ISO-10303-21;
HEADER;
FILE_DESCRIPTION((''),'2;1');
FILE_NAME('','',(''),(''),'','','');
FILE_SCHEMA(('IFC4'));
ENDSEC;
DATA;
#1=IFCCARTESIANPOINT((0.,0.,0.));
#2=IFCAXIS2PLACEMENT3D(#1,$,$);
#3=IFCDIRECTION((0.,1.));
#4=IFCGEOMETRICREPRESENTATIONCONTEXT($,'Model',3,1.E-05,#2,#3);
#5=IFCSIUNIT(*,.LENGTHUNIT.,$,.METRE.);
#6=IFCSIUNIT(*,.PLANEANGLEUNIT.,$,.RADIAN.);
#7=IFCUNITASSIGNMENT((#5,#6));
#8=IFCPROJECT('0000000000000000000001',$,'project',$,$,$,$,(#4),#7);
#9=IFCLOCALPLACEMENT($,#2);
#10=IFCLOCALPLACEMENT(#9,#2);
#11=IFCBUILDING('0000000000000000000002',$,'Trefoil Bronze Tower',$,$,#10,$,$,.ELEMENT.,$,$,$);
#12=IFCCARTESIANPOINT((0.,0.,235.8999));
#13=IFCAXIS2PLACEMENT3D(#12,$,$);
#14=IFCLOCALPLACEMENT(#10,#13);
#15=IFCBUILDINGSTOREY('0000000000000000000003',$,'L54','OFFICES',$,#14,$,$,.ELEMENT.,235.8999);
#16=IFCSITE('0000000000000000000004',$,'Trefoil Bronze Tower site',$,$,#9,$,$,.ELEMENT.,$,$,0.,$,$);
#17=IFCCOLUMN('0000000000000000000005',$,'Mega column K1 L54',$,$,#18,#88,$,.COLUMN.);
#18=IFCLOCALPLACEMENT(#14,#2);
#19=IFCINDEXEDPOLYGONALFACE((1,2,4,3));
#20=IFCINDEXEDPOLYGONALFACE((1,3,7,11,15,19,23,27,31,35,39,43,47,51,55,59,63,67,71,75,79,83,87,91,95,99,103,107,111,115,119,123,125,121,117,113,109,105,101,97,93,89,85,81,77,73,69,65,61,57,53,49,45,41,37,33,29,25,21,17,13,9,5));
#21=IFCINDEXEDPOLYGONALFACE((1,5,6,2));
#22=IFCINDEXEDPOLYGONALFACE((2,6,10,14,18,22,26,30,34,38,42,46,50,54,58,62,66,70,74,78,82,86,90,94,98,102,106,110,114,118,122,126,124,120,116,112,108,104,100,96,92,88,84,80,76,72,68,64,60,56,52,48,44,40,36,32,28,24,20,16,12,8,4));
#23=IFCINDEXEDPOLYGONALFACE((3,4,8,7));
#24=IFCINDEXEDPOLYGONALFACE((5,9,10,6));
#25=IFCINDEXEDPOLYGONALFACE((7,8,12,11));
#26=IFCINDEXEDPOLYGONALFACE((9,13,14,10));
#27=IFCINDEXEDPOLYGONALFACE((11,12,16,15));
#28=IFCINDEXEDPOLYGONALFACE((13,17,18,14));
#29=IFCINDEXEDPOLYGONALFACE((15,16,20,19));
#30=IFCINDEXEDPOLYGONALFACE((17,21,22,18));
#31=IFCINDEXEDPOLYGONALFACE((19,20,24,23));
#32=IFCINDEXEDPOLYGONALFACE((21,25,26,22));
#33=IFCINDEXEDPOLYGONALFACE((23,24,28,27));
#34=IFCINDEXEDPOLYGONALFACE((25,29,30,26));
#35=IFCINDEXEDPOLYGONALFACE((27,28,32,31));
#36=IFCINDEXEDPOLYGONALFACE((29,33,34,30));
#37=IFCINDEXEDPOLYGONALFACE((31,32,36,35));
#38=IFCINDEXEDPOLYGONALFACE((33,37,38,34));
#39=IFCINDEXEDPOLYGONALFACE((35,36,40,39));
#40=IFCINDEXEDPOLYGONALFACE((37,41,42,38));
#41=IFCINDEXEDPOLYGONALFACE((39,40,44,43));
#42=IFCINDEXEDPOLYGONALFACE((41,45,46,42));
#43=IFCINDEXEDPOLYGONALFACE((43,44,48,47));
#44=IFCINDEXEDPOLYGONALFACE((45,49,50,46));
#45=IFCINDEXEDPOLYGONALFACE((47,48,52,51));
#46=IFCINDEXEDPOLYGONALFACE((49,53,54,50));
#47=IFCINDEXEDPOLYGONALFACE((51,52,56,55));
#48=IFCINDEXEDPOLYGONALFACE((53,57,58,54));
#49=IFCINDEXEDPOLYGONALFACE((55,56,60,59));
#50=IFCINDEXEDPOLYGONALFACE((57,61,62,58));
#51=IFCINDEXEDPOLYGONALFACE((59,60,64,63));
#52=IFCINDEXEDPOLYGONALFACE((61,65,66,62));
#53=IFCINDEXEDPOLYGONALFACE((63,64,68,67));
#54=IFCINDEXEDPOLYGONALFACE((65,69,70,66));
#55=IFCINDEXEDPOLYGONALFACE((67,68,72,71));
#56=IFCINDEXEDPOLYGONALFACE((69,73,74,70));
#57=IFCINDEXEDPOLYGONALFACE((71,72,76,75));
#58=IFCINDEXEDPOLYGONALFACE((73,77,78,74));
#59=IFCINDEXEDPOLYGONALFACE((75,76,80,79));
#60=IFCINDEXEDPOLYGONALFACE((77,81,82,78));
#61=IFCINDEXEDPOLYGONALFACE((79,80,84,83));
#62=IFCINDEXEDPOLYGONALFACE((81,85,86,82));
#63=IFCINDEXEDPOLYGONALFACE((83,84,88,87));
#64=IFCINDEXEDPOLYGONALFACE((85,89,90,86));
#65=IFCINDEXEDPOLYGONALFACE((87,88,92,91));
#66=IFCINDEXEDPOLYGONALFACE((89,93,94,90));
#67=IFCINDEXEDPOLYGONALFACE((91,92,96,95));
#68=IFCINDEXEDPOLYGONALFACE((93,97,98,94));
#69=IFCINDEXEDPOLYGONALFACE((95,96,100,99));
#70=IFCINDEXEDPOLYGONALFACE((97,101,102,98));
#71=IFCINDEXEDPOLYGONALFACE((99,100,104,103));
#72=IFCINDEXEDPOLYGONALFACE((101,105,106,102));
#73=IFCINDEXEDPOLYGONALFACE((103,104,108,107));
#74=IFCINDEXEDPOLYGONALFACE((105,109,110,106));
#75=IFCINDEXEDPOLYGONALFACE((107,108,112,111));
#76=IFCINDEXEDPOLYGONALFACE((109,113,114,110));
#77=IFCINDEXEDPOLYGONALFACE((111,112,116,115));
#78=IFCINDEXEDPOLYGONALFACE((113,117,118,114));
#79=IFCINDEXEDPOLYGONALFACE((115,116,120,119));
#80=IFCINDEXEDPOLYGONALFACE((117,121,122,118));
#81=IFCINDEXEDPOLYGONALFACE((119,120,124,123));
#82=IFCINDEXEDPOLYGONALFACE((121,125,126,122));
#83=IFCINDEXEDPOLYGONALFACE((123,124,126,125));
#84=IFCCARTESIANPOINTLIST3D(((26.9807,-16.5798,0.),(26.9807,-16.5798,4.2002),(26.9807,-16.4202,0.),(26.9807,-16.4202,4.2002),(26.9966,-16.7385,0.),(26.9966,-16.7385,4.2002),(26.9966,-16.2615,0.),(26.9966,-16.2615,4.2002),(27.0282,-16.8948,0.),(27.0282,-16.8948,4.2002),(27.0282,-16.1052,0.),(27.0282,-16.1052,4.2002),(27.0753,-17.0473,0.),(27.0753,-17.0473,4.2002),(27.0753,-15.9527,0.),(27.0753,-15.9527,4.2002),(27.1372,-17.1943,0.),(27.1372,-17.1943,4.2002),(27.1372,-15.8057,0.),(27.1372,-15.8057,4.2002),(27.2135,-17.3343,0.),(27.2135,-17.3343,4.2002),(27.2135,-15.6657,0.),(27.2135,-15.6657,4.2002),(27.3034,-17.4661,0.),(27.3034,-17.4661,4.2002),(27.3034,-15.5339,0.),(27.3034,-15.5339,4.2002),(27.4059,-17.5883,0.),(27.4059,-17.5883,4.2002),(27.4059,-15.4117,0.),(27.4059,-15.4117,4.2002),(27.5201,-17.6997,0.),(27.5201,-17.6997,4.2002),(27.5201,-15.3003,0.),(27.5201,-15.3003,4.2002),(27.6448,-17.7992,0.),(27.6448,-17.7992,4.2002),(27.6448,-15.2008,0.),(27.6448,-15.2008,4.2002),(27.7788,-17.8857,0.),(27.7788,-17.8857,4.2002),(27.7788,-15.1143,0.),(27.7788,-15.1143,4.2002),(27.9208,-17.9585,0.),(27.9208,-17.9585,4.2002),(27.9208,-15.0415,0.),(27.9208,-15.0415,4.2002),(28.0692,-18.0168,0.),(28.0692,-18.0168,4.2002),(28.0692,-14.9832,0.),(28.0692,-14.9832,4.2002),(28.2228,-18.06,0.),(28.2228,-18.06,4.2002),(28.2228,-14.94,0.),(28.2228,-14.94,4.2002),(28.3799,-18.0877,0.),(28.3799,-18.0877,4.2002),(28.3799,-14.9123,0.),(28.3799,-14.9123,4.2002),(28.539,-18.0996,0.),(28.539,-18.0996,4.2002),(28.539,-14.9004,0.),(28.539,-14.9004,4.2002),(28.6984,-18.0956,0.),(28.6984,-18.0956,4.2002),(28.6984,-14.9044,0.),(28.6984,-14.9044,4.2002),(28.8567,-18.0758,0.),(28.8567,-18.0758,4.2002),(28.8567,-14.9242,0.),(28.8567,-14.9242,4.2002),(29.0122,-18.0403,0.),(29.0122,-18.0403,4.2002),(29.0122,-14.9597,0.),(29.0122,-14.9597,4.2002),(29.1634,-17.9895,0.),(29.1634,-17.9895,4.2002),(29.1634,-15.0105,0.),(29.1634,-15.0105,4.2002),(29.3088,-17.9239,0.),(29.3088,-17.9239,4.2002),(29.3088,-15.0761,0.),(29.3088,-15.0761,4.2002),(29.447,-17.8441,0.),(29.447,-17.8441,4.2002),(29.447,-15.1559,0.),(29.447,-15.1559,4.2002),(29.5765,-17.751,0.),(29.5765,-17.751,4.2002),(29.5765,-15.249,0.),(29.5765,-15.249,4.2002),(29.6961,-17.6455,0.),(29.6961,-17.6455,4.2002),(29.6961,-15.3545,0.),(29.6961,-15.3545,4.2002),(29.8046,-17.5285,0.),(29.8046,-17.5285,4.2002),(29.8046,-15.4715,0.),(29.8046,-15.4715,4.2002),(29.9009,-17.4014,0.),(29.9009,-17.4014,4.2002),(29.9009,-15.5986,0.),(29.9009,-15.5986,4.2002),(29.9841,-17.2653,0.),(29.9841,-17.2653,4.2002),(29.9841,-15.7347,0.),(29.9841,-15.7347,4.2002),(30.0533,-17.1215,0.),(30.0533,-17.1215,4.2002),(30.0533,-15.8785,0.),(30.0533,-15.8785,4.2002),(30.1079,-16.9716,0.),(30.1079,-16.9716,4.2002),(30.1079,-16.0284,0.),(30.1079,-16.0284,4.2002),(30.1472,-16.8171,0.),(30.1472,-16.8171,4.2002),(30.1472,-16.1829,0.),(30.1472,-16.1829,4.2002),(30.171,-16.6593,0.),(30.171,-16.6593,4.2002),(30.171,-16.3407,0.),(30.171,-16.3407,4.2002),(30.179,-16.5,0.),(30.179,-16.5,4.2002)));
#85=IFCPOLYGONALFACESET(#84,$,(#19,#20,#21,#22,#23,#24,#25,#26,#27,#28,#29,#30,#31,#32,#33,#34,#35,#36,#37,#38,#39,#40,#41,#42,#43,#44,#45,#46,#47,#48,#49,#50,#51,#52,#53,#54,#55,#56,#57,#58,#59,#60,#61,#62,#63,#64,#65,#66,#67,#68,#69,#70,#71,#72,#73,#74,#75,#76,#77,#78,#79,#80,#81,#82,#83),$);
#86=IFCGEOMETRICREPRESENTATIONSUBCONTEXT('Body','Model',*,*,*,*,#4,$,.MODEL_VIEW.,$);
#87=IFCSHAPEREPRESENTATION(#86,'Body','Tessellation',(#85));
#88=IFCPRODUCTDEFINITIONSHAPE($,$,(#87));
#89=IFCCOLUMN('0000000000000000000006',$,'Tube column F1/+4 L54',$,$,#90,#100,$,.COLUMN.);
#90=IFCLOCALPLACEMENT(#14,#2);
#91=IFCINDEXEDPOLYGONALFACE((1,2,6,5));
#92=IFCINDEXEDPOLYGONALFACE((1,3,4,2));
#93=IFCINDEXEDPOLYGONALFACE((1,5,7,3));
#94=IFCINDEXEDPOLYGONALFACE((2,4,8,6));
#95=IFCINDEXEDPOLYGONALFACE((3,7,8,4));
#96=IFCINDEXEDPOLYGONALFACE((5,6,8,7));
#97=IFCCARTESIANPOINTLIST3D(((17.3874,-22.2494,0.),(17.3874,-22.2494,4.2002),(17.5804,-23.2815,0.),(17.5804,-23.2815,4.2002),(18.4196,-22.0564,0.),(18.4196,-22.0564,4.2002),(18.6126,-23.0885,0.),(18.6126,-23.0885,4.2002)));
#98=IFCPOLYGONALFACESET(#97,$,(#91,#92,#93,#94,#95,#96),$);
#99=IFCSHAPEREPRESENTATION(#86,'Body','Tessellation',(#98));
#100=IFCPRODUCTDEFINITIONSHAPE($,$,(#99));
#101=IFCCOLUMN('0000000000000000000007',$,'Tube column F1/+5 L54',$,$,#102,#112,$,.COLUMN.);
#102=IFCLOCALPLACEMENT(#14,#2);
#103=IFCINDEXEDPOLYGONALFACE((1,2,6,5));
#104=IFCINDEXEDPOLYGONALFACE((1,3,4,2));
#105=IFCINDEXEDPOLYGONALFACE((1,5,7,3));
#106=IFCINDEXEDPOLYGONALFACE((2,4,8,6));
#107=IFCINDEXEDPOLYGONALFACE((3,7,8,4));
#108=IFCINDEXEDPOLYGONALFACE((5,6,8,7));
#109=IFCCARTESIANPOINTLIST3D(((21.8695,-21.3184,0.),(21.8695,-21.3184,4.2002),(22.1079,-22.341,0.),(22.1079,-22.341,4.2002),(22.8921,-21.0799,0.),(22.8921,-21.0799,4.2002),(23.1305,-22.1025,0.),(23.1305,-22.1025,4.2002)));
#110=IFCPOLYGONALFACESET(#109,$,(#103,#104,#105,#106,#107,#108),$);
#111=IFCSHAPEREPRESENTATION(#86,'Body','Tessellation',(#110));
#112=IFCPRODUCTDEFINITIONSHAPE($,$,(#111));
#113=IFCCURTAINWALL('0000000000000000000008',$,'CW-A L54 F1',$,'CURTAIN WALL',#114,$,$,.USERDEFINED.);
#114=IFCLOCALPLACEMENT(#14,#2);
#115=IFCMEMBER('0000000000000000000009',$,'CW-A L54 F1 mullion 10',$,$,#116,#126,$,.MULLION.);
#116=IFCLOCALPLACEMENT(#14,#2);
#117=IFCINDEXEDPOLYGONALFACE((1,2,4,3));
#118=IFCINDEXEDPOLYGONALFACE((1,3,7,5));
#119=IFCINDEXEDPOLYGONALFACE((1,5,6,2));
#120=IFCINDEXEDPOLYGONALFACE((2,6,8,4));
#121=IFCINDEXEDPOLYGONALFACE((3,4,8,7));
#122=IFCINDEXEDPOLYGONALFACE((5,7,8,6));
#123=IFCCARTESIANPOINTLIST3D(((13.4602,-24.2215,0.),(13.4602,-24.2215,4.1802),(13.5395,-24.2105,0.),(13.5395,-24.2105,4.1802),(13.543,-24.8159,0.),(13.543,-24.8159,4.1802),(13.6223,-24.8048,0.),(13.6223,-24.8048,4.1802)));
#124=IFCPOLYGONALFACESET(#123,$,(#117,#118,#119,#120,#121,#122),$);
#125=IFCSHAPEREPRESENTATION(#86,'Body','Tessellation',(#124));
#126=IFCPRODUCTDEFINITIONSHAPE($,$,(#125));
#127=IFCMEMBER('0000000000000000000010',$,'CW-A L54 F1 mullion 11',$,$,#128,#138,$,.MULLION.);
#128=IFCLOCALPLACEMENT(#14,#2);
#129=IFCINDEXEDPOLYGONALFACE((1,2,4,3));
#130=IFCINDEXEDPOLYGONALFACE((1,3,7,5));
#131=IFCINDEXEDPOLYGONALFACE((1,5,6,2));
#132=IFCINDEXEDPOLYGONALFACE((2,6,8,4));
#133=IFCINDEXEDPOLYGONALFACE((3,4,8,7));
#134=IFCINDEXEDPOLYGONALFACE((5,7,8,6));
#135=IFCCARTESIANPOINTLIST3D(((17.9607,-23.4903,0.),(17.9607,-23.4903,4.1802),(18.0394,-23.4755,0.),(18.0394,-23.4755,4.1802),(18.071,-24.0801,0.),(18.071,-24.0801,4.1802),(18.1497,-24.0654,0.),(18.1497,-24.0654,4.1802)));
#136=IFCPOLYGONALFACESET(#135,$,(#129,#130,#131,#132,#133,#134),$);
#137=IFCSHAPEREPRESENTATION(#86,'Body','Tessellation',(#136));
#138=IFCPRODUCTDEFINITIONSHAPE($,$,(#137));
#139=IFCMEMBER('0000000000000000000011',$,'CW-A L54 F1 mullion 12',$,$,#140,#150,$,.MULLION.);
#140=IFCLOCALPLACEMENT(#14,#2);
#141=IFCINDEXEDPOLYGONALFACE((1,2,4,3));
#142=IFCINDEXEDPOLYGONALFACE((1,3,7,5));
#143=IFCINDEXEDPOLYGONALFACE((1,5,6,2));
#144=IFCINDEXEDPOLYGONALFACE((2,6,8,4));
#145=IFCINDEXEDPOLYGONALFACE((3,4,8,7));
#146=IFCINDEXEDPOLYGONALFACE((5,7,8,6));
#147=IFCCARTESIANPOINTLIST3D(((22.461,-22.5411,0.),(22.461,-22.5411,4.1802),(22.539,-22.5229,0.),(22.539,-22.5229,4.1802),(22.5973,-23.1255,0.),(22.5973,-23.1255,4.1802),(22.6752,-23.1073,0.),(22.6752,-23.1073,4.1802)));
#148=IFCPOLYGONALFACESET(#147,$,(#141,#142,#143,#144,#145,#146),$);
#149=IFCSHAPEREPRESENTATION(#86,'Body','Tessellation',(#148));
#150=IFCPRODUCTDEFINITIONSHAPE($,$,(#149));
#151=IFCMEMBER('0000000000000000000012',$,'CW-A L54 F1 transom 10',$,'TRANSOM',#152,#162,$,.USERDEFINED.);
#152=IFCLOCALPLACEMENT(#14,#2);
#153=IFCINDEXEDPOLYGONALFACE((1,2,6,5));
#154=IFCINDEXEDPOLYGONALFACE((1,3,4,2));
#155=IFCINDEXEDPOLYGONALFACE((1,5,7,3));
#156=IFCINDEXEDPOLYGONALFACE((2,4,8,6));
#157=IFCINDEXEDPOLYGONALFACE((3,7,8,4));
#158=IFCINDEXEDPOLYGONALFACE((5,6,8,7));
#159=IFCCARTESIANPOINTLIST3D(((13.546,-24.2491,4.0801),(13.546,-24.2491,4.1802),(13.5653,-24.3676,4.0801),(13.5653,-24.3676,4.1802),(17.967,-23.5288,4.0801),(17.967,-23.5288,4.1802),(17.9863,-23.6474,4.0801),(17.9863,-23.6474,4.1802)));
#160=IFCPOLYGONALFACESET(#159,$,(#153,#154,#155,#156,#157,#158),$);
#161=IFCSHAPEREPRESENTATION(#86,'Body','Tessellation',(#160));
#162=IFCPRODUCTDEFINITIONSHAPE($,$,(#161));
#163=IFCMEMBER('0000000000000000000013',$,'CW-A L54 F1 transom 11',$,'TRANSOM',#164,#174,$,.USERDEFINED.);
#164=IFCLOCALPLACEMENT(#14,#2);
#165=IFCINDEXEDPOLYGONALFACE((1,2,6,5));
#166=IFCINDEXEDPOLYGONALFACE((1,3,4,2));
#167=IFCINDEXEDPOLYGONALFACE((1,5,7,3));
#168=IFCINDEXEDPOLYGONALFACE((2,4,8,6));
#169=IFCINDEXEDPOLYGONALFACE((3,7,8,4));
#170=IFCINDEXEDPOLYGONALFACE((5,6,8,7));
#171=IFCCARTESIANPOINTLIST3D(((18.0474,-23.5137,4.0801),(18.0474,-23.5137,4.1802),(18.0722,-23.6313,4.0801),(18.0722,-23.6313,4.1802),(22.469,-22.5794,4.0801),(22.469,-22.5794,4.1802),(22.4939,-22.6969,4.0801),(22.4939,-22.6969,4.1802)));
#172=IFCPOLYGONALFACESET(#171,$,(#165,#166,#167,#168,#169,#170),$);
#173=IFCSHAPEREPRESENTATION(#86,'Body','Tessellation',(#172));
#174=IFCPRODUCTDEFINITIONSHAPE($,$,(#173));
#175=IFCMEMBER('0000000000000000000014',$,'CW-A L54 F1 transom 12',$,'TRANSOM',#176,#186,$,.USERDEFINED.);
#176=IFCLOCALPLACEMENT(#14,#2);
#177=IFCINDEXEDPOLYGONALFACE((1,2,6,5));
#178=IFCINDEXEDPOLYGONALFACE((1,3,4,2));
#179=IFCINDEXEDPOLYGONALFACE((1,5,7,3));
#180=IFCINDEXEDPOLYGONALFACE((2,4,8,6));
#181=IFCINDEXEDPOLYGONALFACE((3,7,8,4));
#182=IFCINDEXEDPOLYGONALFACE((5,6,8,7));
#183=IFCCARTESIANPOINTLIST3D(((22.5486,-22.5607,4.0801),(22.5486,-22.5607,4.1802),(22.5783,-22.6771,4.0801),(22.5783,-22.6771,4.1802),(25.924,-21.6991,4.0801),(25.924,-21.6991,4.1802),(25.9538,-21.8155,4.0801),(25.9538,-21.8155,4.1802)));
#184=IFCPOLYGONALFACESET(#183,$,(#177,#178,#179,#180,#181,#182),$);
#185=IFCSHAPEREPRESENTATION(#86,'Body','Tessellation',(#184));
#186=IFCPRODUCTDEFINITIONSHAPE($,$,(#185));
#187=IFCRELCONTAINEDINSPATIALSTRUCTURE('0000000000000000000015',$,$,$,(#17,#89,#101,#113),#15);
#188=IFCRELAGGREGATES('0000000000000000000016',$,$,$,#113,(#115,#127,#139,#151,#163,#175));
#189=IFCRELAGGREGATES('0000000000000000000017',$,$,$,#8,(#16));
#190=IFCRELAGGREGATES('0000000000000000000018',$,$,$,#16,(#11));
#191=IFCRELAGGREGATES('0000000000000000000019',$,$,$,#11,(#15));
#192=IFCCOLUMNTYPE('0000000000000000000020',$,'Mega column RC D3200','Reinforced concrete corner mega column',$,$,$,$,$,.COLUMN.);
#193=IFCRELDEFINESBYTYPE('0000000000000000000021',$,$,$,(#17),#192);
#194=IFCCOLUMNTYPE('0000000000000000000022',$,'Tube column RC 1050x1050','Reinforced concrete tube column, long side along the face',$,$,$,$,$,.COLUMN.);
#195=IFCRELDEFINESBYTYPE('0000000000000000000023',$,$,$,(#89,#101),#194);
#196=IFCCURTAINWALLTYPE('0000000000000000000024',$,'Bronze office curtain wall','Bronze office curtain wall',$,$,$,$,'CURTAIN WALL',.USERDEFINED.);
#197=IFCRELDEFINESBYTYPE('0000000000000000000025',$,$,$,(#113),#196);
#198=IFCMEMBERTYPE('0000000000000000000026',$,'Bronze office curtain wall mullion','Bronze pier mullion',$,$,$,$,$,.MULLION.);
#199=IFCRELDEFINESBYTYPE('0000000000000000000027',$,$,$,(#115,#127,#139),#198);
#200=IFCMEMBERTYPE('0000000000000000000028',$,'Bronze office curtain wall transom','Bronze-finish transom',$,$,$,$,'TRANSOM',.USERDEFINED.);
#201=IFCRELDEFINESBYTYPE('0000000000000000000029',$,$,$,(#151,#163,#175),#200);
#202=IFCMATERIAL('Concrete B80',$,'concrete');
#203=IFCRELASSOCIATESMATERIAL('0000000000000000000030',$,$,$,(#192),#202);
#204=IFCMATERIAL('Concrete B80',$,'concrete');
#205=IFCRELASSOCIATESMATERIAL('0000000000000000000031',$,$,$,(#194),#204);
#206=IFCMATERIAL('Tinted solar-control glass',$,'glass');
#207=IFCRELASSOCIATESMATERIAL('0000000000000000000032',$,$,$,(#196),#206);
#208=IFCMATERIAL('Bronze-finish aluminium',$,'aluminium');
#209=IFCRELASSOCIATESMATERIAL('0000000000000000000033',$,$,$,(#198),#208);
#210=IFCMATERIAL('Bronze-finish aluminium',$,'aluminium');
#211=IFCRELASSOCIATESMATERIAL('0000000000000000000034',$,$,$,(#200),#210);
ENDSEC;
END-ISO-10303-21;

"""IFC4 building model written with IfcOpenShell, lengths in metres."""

from ifc_helpers import new_model, si_unit, direction, frame, origin, origin_2d, place, context, subcontext, project, spatial, rectangle, circle, extrude, material, material_profile, profile_set, type_object, element, aggregate, save


model = new_model("IFC4")

# Units and contexts
model_context = context("Model", 3, precision=1e-05, world=origin(), true_north=direction((0.0, 1.0)))
body_context = subcontext(model_context, "Body", "Model", "MODEL_VIEW")
ifc_project = project(units=[si_unit("LENGTHUNIT", "METRE"), si_unit("PLANEANGLEUNIT", "RADIAN")], contexts=[model_context])

# Site, building, storey
site_placement = place(None, origin())
site = spatial("IfcSite", under=ifc_project, at=site_placement, Name="Trefoil Bronze Tower site", CompositionType="ELEMENT", RefElevation=0.0)
building_placement = place(site_placement, origin())
building = spatial("IfcBuilding", under=site, at=building_placement, Name="Trefoil Bronze Tower", CompositionType="ELEMENT")
storey_placement = place(building_placement, frame((0.0, 0.0, 235.8999)))
storey = spatial("IfcBuildingStorey", under=building, at=storey_placement, Name="L54", Description="OFFICES", CompositionType="ELEMENT", Elevation=235.8999)

# Columns
ifc_material_1 = material(Name="Concrete B80", Category="concrete")
ifc_material_profile_1 = material_profile(ifc_material_1, circle(Radius=1.6001, at=origin_2d()), Name="RC D3200")
ifc_profile_set_1 = profile_set([ifc_material_profile_1], Name="Concrete B80")
column_type_1 = type_object("IfcColumnType", Name="Mega column RC D3200", Description="Reinforced concrete corner mega column", PredefinedType="COLUMN", material=ifc_profile_set_1)
column_placement = place(storey_placement, frame((28.5789, -16.5, 0.0), z_axis=(0.0, 0.0, 1.0), x_axis=(1.0, 0.0, 0.0)))
element("IfcColumn", 1, at=column_placement, inside=storey, type_object=column_type_1, Name="Mega column K1 L54", PredefinedType="COLUMN", context=body_context, shape_type="SweptSolid", body=[
    extrude(circle(Radius=1.6001, at=origin_2d()), origin(), (0.0, 0.0, 1.0), 4.2002),
])
ifc_material_2 = material(Name="Concrete B80", Category="concrete")
ifc_material_profile_2 = material_profile(ifc_material_2, rectangle(XDim=1.05, YDim=1.05, at=origin_2d()), Name="RC 1050x1050")
ifc_profile_set_2 = profile_set([ifc_material_profile_2], Name="Concrete B80")
column_type_2 = type_object("IfcColumnType", Name="Tube column RC 1050x1050", Description="Reinforced concrete tube column, long side along the face", PredefinedType="COLUMN", material=ifc_profile_set_2)
for number, where, z_axis, x_axis, name in (
    (2, (18.0, -22.6689, 0.0), (0.0, 0.0, 1.0), (0.982959, 0.183825, 0.0), "Tube column F1/+4 L54"),
    (3, (22.5, -21.7104, 0.0), (0.0, 0.0, 1.0), (0.973875, 0.227083, 0.0), "Tube column F1/+5 L54"),
):
    element("IfcColumn", number, at=place(storey_placement, frame(where, z_axis=z_axis, x_axis=x_axis)), inside=storey, type_object=column_type_2, Name=name, PredefinedType="COLUMN", context=body_context, shape_type="SweptSolid", body=[
        extrude(rectangle(XDim=1.05, YDim=1.05, at=origin_2d()), origin(), (0.0, 0.0, 1.0), 4.2002),
    ])

# Curtain wall, members
ifc_material_3 = material(Name="Tinted solar-control glass", Category="glass")
curtain_wall_type_1 = type_object("IfcCurtainWallType", Name="Bronze office curtain wall", Description="Bronze office curtain wall", ElementType="CURTAIN WALL", PredefinedType="USERDEFINED", material=ifc_material_3)
curtain_wall_1_placement = place(storey_placement, origin())
curtain_wall_1 = element("IfcCurtainWall", 4, at=curtain_wall_1_placement, inside=storey, type_object=curtain_wall_type_1, Name="CW-A L54 F1", ObjectType="CURTAIN WALL", PredefinedType="USERDEFINED")
ifc_material_4 = material(Name="Bronze-finish aluminium", Category="aluminium")
ifc_material_profile_3 = material_profile(ifc_material_4, rectangle(XDim=0.6001, YDim=0.0801, at=origin_2d()), Name="CW-A mullion")
ifc_profile_set_3 = profile_set([ifc_material_profile_3], Name="Bronze-finish aluminium")
member_type_1 = type_object("IfcMemberType", Name="Bronze office curtain wall mullion", Description="Bronze pier mullion", PredefinedType="MULLION", material=ifc_profile_set_3)
member_1_placement = place(storey_placement, frame((13.5413, -24.5132, 0.0), z_axis=(0.0, 0.0, 1.0), x_axis=(-0.137868, 0.990451, 0.0)))
member_1 = element("IfcMember", 5, at=member_1_placement, type_object=member_type_1, Name="CW-A L54 F1 mullion 10", PredefinedType="MULLION", context=body_context, shape_type="SweptSolid", body=[
    extrude(rectangle(XDim=0.6001, YDim=0.0801, at=origin_2d()), origin(), (0.0, 0.0, 1.0), 4.1802),
])
member_2_placement = place(storey_placement, frame((18.0552, -23.7778, 0.0), z_axis=(0.0, 0.0, 1.0), x_axis=(-0.183825, 0.982959, 0.0)))
member_2 = element("IfcMember", 6, at=member_2_placement, type_object=member_type_1, Name="CW-A L54 F1 mullion 11", PredefinedType="MULLION", context=body_context, shape_type="SweptSolid", body=[
    extrude(rectangle(XDim=0.6001, YDim=0.0801, at=origin_2d()), origin(), (0.0, 0.0, 1.0), 4.1802),
])
member_3_placement = place(storey_placement, frame((22.5681, -22.8242, 0.0), z_axis=(0.0, 0.0, 1.0), x_axis=(-0.227083, 0.973875, 0.0)))
member_3 = element("IfcMember", 7, at=member_3_placement, type_object=member_type_1, Name="CW-A L54 F1 mullion 12", PredefinedType="MULLION", context=body_context, shape_type="SweptSolid", body=[
    extrude(rectangle(XDim=0.6001, YDim=0.0801, at=origin_2d()), origin(), (0.0, 0.0, 1.0), 4.1802),
])
ifc_material_5 = material(Name="Bronze-finish aluminium", Category="aluminium")
ifc_material_profile_4 = material_profile(ifc_material_5, rectangle(XDim=0.1201, YDim=0.1001, at=origin_2d()), Name="CW-A transom")
ifc_profile_set_4 = profile_set([ifc_material_profile_4], Name="Bronze-finish aluminium")
member_type_2 = type_object("IfcMemberType", Name="Bronze office curtain wall transom", Description="Bronze-finish transom", ElementType="TRANSOM", PredefinedType="USERDEFINED", material=ifc_profile_set_4)
member_4_placement = place(storey_placement, frame((13.5557, -24.3083, 4.1301), z_axis=(0.986988, 0.160792, 0.0), x_axis=(-0.160792, 0.986988, 0.0)))
member_4 = element("IfcMember", 8, at=member_4_placement, type_object=member_type_2, Name="CW-A L54 F1 transom 10", ObjectType="TRANSOM", PredefinedType="USERDEFINED", context=body_context, shape_type="SweptSolid", body=[
    extrude(rectangle(XDim=0.1201, YDim=0.1001, at=origin_2d()), origin(), (0.0, 0.0, 1.0), 4.4792),
])
member_5_placement = place(storey_placement, frame((18.0598, -23.5725, 4.1301), z_axis=(0.978395, 0.206743, 0.0), x_axis=(-0.206743, 0.978395, 0.0)))
member_5 = element("IfcMember", 9, at=member_5_placement, type_object=member_type_2, Name="CW-A L54 F1 transom 11", ObjectType="TRANSOM", PredefinedType="USERDEFINED", context=body_context, shape_type="SweptSolid", body=[
    extrude(rectangle(XDim=0.1201, YDim=0.1001, at=origin_2d()), origin(), (0.0, 0.0, 1.0), 4.5193),
])
member_6_placement = place(storey_placement, frame((22.5635, -22.6189, 4.1301), z_axis=(0.968935, 0.247315, 0.0), x_axis=(-0.247315, 0.968935, 0.0)))
member_6 = element("IfcMember", 10, at=member_6_placement, type_object=member_type_2, Name="CW-A L54 F1 transom 12", ObjectType="TRANSOM", PredefinedType="USERDEFINED", context=body_context, shape_type="SweptSolid", body=[
    extrude(rectangle(XDim=0.1201, YDim=0.1001, at=origin_2d()), origin(), (0.0, 0.0, 1.0), 3.4836),
])

aggregate(curtain_wall_1, [member_1, member_2, member_3, member_4, member_5, member_6])

save(model, "model.ifc")
